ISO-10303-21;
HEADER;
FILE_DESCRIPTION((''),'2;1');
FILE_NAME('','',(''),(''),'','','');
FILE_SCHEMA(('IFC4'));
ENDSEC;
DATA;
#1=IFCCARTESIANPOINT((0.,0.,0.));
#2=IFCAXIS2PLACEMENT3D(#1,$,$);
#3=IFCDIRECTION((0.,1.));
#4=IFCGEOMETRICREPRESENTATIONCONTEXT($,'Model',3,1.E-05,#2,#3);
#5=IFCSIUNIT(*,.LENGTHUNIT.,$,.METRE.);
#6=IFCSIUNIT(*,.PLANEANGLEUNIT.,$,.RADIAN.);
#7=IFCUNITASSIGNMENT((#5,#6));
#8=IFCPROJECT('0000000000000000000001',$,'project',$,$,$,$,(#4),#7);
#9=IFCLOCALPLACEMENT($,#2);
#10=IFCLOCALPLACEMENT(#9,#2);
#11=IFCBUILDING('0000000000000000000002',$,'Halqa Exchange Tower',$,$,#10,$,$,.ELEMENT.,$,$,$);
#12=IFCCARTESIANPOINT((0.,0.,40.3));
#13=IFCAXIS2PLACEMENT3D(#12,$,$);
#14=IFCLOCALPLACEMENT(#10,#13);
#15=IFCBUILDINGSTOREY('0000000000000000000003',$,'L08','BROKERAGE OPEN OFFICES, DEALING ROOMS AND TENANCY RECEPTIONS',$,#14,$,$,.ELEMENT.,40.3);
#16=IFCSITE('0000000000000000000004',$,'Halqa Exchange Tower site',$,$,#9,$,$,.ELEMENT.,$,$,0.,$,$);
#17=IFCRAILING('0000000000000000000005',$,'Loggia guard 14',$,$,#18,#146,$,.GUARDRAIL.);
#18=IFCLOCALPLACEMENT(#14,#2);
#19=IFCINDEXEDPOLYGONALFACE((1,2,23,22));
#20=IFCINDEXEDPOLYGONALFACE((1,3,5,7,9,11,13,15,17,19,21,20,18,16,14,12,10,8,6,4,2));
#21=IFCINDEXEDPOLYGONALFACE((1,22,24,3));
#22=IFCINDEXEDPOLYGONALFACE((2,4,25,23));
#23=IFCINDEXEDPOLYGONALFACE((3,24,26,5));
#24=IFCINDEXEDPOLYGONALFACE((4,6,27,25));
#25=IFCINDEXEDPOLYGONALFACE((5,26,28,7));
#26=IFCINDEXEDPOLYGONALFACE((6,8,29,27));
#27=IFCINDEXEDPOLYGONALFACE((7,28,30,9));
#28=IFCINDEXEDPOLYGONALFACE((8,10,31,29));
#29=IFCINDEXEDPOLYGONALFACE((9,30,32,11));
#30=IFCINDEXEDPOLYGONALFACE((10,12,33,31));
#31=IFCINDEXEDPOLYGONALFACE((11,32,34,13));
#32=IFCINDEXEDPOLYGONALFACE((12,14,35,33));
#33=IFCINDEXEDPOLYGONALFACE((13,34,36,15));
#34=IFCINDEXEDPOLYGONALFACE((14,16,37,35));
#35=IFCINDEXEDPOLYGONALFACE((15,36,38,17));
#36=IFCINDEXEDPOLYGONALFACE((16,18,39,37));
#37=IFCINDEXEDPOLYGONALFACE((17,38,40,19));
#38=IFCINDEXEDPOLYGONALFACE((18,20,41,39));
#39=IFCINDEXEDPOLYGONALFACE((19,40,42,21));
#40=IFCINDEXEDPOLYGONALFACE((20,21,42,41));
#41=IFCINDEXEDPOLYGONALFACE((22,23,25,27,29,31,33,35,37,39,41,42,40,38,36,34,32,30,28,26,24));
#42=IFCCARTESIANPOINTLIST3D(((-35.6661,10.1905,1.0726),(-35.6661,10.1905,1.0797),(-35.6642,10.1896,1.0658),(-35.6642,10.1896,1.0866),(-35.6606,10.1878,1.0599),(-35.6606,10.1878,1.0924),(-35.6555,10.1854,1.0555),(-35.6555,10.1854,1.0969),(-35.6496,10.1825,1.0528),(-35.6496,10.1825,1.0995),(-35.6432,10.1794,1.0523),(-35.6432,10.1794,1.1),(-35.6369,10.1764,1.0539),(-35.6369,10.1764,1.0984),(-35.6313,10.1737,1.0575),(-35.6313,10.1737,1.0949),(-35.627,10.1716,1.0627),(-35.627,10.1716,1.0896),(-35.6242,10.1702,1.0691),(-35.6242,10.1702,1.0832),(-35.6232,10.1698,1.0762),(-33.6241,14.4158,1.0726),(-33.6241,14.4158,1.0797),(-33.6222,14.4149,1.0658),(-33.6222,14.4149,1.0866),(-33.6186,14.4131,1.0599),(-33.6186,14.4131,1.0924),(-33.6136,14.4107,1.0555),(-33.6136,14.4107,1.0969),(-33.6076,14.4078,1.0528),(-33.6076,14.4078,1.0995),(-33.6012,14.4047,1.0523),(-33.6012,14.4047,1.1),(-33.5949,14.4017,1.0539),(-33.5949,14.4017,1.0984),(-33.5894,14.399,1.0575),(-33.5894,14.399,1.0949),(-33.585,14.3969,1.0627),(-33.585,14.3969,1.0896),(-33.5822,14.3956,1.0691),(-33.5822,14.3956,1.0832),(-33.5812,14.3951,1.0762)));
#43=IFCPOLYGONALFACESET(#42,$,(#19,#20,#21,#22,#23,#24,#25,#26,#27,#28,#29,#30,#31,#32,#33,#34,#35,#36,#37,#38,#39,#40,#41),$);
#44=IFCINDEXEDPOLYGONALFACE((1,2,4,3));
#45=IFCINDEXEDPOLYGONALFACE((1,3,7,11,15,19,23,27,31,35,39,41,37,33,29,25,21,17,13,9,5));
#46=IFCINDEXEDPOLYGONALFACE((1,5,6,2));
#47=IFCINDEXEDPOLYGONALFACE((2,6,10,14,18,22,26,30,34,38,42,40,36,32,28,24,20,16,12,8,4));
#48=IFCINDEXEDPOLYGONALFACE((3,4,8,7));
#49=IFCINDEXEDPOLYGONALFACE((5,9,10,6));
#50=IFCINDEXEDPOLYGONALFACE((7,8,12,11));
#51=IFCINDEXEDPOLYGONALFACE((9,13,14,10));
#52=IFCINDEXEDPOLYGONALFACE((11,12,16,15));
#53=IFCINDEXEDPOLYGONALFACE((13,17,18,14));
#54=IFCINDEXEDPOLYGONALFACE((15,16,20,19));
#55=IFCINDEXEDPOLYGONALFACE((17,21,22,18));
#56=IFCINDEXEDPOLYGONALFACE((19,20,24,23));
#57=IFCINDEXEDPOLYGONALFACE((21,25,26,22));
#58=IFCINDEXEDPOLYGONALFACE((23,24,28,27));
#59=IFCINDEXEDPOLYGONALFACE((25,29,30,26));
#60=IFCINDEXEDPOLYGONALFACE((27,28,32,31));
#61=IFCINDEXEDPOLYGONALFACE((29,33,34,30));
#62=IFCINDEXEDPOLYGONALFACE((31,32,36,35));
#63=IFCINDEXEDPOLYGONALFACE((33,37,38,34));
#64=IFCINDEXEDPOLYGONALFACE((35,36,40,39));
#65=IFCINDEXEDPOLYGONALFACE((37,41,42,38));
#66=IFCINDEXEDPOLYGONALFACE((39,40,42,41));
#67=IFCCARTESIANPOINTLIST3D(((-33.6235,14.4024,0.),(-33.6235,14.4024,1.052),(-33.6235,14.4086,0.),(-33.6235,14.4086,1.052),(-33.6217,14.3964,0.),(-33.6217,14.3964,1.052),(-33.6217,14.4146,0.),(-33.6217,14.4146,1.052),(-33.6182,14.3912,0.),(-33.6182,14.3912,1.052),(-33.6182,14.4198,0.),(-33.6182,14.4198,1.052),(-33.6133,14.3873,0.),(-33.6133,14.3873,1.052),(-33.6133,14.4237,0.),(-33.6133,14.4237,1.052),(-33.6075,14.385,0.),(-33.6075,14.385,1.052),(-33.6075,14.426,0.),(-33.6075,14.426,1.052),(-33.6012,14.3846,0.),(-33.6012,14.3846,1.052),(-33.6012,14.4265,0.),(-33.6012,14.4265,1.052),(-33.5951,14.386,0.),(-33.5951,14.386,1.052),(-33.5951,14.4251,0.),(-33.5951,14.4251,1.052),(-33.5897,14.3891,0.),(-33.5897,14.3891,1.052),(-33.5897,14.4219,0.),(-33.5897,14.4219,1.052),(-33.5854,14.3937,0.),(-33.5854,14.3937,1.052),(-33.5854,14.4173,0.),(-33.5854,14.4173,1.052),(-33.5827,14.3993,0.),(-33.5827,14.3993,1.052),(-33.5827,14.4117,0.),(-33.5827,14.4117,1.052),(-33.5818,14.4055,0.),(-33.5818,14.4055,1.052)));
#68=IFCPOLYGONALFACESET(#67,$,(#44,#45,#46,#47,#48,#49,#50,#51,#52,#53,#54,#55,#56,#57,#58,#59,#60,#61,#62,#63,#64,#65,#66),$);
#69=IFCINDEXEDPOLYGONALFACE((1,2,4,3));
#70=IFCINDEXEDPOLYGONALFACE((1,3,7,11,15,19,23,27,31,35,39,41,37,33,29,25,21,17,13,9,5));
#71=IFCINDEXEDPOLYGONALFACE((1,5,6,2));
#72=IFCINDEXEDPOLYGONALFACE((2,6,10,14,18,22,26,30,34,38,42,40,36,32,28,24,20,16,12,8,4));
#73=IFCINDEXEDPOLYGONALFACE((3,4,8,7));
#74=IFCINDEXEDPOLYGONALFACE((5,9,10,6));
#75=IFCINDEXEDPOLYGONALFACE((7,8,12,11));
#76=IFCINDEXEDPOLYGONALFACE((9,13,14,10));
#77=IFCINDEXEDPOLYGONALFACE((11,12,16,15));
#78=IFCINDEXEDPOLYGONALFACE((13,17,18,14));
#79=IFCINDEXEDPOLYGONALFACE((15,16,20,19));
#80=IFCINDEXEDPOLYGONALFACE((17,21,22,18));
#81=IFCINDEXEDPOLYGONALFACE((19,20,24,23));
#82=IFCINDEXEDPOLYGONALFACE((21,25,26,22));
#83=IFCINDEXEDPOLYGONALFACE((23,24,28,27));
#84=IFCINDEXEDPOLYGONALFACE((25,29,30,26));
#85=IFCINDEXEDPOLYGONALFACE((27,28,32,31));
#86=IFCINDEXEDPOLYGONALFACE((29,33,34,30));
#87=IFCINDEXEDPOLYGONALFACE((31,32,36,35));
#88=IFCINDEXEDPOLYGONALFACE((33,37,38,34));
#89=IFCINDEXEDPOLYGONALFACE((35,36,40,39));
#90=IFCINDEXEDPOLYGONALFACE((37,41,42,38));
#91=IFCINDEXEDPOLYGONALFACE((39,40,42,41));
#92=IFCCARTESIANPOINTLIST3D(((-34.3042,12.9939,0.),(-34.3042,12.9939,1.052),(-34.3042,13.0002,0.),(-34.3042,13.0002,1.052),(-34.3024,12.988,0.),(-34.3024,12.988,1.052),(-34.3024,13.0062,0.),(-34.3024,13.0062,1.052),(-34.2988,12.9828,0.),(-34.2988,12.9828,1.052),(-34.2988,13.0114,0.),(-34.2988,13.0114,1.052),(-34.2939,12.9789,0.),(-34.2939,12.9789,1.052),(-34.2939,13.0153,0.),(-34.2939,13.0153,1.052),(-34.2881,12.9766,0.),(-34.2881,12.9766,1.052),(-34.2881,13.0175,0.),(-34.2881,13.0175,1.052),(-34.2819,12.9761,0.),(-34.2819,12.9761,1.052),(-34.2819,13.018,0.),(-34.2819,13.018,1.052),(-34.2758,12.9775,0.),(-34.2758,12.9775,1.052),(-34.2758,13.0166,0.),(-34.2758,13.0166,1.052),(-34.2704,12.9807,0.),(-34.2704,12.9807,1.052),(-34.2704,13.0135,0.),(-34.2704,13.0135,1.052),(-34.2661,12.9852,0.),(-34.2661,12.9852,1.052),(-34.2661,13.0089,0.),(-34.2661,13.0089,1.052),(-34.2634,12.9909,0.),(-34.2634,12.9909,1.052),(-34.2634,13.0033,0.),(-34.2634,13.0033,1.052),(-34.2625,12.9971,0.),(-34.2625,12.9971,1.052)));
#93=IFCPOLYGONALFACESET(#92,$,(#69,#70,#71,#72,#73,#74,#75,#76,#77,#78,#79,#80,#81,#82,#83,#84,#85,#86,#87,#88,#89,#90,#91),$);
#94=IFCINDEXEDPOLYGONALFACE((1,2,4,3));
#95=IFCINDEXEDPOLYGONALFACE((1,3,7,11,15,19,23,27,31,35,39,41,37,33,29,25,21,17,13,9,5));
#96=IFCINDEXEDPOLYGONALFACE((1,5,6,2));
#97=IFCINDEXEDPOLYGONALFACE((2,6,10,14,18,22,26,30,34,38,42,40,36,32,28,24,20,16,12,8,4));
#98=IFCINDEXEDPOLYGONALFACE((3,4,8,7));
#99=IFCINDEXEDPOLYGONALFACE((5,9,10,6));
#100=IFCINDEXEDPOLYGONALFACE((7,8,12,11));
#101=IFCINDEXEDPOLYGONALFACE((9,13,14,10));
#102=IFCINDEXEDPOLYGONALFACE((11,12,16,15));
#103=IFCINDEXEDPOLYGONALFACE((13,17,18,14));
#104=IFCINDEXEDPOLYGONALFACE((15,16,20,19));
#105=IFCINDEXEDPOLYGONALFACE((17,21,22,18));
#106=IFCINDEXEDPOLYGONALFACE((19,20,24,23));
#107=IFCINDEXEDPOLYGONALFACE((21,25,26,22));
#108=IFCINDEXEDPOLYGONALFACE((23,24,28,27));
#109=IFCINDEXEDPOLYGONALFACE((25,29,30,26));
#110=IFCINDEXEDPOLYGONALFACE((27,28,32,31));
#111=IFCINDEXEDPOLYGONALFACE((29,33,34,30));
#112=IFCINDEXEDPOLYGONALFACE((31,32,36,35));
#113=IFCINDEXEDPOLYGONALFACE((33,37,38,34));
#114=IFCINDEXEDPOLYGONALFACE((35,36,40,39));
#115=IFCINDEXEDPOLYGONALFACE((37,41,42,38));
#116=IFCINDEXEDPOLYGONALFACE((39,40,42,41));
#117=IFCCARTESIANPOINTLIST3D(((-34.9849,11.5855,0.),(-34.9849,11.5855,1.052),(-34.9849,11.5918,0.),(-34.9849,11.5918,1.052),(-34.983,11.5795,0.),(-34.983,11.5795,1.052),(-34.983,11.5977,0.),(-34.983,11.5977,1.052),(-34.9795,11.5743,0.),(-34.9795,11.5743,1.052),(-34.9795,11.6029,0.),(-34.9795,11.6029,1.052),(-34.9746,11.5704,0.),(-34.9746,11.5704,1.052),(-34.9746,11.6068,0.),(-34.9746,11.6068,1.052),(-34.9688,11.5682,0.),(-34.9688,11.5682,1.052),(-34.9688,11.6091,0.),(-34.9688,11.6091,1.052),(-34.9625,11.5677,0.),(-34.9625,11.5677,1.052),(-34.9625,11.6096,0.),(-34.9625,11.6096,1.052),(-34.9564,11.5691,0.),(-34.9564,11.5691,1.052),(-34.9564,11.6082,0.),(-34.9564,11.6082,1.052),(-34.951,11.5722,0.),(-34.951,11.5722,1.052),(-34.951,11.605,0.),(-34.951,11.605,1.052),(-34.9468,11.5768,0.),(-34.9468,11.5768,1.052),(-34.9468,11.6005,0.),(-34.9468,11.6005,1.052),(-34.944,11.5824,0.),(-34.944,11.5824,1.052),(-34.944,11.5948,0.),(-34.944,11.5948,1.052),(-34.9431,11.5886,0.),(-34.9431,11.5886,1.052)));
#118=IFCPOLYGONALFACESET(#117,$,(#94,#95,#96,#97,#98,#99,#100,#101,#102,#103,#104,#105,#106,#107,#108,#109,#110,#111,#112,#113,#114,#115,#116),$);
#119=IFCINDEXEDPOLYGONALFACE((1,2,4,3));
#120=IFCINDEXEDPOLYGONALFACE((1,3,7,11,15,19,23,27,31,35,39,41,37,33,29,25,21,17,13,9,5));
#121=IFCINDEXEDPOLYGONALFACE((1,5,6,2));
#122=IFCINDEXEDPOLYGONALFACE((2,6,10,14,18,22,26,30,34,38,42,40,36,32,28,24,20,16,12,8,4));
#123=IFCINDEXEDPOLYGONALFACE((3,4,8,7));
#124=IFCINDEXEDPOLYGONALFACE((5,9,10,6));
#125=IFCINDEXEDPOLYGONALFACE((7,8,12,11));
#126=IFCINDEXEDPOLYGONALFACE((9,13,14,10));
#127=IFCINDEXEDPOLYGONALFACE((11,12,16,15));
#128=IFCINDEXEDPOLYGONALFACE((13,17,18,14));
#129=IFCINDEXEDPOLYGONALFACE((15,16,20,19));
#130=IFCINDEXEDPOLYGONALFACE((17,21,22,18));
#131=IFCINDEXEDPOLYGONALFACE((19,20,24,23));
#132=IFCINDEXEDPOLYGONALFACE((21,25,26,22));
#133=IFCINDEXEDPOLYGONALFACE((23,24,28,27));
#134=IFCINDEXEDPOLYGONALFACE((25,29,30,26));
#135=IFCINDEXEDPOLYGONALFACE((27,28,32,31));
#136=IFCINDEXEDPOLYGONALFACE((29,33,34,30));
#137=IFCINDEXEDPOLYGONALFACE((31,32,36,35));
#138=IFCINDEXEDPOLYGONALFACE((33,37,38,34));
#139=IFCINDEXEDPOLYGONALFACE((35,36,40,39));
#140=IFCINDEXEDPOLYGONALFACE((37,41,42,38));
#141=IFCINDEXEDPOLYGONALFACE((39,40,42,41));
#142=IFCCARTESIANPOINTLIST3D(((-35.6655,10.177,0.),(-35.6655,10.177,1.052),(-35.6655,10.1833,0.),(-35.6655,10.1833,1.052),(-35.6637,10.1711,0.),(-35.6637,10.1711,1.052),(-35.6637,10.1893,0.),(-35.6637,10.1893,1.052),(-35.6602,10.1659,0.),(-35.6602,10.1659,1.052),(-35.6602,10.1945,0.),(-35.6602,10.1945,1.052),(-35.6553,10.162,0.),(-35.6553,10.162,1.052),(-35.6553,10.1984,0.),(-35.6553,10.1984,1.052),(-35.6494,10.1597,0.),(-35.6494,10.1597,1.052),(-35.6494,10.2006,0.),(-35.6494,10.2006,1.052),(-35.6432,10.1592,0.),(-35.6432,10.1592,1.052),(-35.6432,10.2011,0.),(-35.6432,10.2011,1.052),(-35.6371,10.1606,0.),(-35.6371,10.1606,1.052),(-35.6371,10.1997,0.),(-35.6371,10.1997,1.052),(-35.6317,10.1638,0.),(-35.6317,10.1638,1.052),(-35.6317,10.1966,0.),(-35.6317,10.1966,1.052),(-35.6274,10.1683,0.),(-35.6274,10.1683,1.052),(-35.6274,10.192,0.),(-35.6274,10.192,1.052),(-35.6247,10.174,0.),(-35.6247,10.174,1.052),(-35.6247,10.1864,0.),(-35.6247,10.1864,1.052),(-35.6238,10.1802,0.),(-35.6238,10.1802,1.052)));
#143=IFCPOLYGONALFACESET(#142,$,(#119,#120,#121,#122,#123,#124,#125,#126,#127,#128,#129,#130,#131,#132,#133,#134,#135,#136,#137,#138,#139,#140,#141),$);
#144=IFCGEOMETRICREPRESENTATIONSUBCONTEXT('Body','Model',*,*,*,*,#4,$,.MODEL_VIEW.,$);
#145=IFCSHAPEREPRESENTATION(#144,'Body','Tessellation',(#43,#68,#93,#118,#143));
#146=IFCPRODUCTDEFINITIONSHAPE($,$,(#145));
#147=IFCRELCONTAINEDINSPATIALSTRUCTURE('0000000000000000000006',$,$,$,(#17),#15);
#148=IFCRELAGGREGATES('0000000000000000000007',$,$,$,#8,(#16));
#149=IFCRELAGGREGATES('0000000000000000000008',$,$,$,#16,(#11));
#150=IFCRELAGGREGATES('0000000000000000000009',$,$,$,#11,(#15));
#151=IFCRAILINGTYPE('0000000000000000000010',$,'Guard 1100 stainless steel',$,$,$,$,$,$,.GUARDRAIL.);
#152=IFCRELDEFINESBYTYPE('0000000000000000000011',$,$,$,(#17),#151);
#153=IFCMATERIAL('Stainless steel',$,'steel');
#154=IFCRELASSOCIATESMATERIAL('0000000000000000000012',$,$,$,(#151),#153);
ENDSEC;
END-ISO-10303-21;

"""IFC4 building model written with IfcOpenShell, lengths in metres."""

from ifc_helpers import new_model, si_unit, direction, frame, origin, origin_2d, place, context, subcontext, project, spatial, circle, extrude, material, type_object, element, save


model = new_model("IFC4")

# Units and contexts
model_context = context("Model", 3, precision=1e-05, world=origin(), true_north=direction((0.0, 1.0)))
body_context = subcontext(model_context, "Body", "Model", "MODEL_VIEW")
ifc_project = project(units=[si_unit("LENGTHUNIT", "METRE"), si_unit("PLANEANGLEUNIT", "RADIAN")], contexts=[model_context])

# Site, building, storey
site_placement = place(None, origin())
site = spatial("IfcSite", under=ifc_project, at=site_placement, Name="Halqa Exchange Tower site", CompositionType="ELEMENT", RefElevation=0.0)
building_placement = place(site_placement, origin())
building = spatial("IfcBuilding", under=site, at=building_placement, Name="Halqa Exchange Tower", CompositionType="ELEMENT")
storey_placement = place(building_placement, frame((0.0, 0.0, 40.3)))
storey = spatial("IfcBuildingStorey", under=building, at=storey_placement, Name="L08", Description="BROKERAGE OPEN OFFICES, DEALING ROOMS AND TENANCY RECEPTIONS", CompositionType="ELEMENT", Elevation=40.3)

# Railing
ifc_material_1 = material(Name="Stainless steel", Category="steel")
railing_type = type_object("IfcRailingType", Name="Guard 1100 stainless steel", PredefinedType="GUARDRAIL", material=ifc_material_1)
railing_1_placement = place(storey_placement, frame((-33.6028, 14.4055, 0.0)))
element("IfcRailing", 1, at=railing_1_placement, inside=storey, type_object=railing_type, Name="Loggia guard 14", PredefinedType="GUARDRAIL", context=body_context, shape_type="SweptSolid", body=[
    extrude(circle(Radius=0.0239, at=origin_2d()), frame((0.0, 0.0, 1.0762), z_axis=(-0.435124, -0.90037, 0.0), x_axis=(0.90037, -0.435124, 0.0)), (0.0, 0.0, 1.0), 4.6929),
    extrude(circle(Radius=0.021, at=origin_2d()), origin(), (0.0, 0.0, 1.0), 1.052),
    extrude(circle(Radius=0.021, at=origin_2d()), frame((-0.6807, -1.4084, 0.0)), (0.0, 0.0, 1.0), 1.052),
    extrude(circle(Radius=0.021, at=origin_2d()), frame((-1.3613, -2.8169, 0.0)), (0.0, 0.0, 1.0), 1.052),
    extrude(circle(Radius=0.021, at=origin_2d()), frame((-2.042, -4.2253, 0.0)), (0.0, 0.0, 1.0), 1.052),
])

save(model, "model.ifc")
